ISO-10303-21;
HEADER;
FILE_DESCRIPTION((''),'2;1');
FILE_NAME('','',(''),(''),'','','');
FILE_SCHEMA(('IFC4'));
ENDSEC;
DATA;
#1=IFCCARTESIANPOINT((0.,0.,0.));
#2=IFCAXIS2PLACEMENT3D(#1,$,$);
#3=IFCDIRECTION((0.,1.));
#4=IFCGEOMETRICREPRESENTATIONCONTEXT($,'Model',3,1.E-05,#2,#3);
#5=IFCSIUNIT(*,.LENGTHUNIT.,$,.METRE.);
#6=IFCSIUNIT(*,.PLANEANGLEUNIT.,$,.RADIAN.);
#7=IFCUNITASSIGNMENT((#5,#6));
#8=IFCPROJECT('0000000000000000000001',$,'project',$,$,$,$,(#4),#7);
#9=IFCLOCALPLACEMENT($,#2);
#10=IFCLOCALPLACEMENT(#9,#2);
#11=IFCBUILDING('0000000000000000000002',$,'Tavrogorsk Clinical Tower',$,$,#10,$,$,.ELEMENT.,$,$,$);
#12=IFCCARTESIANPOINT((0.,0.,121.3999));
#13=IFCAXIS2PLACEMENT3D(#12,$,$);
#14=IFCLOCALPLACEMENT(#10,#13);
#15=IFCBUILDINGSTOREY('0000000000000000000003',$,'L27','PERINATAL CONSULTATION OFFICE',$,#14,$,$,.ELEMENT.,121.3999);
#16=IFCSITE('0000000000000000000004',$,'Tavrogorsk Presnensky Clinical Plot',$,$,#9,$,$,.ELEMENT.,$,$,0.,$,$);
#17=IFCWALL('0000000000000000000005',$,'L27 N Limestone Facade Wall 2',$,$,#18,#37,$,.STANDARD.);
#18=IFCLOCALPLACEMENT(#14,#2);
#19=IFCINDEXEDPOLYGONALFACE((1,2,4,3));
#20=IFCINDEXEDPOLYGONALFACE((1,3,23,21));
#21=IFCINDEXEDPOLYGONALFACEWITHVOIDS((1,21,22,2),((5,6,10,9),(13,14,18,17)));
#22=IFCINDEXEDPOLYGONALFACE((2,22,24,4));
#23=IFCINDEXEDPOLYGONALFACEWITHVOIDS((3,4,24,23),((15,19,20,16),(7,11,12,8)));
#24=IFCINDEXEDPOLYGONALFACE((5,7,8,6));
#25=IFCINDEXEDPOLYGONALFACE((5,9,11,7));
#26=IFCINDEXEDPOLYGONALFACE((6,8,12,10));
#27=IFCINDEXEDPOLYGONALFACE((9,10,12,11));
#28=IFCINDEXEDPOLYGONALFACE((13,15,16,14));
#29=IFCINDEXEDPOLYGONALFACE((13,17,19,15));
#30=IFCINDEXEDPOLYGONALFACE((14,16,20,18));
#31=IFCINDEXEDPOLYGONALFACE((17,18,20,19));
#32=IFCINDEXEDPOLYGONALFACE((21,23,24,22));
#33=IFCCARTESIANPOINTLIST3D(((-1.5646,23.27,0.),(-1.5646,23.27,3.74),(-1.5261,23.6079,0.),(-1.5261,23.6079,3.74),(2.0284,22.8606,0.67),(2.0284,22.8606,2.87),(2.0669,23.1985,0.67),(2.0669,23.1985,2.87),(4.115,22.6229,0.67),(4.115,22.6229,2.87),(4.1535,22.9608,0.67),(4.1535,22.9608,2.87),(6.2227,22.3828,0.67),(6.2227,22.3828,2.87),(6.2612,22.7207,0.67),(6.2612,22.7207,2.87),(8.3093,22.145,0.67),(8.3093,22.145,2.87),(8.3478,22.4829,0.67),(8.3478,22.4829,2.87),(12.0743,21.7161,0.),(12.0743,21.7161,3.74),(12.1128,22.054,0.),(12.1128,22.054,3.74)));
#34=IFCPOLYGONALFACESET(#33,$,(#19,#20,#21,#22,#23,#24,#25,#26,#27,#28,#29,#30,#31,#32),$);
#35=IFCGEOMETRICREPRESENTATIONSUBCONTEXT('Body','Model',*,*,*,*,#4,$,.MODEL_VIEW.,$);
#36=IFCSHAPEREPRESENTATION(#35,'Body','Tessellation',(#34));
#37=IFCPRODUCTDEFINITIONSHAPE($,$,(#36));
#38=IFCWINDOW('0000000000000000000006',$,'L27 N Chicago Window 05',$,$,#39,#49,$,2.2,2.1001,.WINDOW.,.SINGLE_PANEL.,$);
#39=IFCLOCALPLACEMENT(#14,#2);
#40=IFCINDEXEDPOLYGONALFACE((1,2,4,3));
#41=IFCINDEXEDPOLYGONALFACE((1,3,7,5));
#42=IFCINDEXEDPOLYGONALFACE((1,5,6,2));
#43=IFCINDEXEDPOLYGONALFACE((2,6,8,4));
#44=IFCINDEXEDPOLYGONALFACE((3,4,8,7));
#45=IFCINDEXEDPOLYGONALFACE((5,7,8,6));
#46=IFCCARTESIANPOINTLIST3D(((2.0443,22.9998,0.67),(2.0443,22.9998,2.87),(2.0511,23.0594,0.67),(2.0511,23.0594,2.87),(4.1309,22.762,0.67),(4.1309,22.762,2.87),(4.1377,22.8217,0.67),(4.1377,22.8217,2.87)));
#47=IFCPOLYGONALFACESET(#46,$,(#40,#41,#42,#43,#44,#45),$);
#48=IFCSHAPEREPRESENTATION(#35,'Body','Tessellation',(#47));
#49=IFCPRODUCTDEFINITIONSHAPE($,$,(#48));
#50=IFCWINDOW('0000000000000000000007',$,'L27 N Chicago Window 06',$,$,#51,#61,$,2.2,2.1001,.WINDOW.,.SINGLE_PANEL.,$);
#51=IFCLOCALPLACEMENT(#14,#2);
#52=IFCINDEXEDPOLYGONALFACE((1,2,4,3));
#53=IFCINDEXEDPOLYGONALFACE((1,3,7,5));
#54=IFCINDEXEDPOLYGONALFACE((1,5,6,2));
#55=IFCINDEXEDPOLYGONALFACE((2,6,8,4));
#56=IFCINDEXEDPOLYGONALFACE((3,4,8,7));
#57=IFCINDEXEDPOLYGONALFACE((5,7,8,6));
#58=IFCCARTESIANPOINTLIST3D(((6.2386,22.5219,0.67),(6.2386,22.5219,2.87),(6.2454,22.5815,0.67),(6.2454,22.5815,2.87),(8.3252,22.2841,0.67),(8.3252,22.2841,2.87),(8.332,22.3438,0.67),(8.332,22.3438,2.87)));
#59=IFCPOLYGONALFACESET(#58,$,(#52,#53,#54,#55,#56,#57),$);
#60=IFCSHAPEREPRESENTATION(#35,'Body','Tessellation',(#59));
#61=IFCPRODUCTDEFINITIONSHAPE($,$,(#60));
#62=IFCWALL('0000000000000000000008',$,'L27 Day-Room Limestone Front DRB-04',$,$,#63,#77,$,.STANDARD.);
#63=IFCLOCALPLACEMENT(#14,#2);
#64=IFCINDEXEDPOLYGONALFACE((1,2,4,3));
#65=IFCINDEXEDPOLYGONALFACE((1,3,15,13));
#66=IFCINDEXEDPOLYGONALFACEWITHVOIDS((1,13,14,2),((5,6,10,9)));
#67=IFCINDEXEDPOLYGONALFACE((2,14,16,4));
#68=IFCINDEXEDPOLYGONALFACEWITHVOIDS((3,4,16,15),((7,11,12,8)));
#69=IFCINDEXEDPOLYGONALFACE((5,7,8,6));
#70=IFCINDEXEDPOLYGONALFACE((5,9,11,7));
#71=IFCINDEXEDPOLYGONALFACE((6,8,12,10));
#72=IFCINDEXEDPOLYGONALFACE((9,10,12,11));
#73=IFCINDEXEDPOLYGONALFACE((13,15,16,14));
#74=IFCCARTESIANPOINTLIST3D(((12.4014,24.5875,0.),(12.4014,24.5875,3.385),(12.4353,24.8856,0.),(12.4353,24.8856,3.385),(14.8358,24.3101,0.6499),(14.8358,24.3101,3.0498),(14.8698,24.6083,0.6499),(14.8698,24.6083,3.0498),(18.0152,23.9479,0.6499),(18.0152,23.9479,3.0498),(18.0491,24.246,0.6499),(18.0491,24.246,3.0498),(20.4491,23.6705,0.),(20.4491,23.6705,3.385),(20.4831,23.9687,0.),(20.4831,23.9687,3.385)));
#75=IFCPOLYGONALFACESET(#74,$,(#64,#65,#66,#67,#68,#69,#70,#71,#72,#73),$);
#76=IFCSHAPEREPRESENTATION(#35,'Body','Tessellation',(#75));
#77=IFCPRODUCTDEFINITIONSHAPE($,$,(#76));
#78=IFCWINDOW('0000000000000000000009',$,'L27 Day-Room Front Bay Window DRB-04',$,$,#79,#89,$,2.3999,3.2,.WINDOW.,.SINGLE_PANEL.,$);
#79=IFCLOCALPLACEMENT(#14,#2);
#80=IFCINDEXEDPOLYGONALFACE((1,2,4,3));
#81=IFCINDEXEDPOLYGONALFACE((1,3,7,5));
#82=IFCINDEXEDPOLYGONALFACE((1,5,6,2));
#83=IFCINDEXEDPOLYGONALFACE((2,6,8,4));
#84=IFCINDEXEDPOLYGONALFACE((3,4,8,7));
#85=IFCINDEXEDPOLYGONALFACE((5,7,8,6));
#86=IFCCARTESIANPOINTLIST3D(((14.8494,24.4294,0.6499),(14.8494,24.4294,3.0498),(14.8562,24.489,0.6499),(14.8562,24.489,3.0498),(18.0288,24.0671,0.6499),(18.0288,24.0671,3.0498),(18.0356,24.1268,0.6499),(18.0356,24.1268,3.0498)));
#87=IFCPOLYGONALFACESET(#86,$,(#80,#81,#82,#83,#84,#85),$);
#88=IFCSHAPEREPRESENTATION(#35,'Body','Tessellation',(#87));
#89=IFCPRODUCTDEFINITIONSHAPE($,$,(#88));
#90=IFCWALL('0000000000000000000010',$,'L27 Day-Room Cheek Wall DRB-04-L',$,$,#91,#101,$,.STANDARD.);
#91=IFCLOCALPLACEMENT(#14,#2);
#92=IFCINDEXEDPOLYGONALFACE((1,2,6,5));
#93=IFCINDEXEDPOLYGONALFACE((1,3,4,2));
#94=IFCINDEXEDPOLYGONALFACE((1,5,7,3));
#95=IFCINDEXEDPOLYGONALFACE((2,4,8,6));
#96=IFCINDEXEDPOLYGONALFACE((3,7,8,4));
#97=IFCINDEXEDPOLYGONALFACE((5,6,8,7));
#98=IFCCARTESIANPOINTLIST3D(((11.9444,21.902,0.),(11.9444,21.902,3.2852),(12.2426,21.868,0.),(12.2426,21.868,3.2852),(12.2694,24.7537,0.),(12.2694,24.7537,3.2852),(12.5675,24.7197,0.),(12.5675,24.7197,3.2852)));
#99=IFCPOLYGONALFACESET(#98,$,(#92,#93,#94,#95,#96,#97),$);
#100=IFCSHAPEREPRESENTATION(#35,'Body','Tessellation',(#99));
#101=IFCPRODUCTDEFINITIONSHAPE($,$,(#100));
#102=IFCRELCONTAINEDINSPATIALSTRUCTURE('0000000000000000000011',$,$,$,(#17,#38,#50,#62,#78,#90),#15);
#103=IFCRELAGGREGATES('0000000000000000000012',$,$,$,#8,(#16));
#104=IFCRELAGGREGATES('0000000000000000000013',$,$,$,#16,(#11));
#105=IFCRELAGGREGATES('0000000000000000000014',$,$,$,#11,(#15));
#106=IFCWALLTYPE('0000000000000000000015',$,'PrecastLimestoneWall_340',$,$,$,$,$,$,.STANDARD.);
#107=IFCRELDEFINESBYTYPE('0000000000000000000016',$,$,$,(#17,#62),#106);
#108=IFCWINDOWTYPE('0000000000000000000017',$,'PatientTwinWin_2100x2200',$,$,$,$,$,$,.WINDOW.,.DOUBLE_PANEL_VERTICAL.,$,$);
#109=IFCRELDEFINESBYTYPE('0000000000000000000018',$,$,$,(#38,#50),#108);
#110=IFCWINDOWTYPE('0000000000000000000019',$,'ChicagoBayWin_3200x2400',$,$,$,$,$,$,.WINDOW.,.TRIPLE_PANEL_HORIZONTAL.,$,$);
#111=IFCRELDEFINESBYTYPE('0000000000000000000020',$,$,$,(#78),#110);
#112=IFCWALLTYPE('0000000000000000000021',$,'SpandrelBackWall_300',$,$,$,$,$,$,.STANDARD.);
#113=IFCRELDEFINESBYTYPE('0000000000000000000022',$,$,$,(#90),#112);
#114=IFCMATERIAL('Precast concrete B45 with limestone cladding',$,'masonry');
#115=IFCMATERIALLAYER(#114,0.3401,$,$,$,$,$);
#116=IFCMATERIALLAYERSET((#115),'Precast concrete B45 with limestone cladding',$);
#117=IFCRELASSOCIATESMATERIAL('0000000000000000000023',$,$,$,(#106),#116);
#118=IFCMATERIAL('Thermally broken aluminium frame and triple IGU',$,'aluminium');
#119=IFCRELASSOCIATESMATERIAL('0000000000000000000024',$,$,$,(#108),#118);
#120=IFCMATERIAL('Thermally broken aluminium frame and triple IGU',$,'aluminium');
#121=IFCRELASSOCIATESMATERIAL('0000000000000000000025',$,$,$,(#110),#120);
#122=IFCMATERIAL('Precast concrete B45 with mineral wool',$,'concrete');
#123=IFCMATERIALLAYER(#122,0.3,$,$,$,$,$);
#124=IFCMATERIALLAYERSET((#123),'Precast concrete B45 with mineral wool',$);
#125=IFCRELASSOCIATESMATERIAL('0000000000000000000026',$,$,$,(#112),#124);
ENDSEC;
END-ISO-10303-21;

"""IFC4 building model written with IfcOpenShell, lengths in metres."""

from ifc_helpers import new_model, si_unit, direction, frame, frame_2d, origin, place, context, subcontext, project, spatial, rectangle, extrude, material, layer, layer_set, type_object, element, fill, save


model = new_model("IFC4")

# Units and contexts
model_context = context("Model", 3, precision=1e-05, world=origin(), true_north=direction((0.0, 1.0)))
body_context = subcontext(model_context, "Body", "Model", "MODEL_VIEW")
ifc_project = project(units=[si_unit("LENGTHUNIT", "METRE"), si_unit("PLANEANGLEUNIT", "RADIAN")], contexts=[model_context])

# Site, building, storey
site_placement = place(None, origin())
site = spatial("IfcSite", under=ifc_project, at=site_placement, Name="Tavrogorsk Presnensky Clinical Plot", CompositionType="ELEMENT", RefElevation=0.0)
building_placement = place(site_placement, origin())
building = spatial("IfcBuilding", under=site, at=building_placement, Name="Tavrogorsk Clinical Tower", CompositionType="ELEMENT")
storey_placement = place(building_placement, frame((0.0, 0.0, 121.3999)))
storey = spatial("IfcBuildingStorey", under=building, at=storey_placement, Name="L27", Description="PERINATAL CONSULTATION OFFICE", CompositionType="ELEMENT", Elevation=121.3999)

# Wall, openings, windows
ifc_material_1 = material(Name="Precast concrete B45 with limestone cladding", Category="masonry")
ifc_layer_1 = layer(ifc_material_1, 0.3401)
ifc_layer_set_1 = layer_set([ifc_layer_1], Name="Precast concrete B45 with limestone cladding")
wall_type_1 = type_object("IfcWallType", Name="PrecastLimestoneWall_340", PredefinedType="STANDARD", material=ifc_layer_set_1)
wall_1_placement = place(storey_placement, frame((12.0935, 21.885, 0.0), z_axis=(0.0, 0.0, 1.0), x_axis=(-0.993572, 0.113203, 0.0)))
wall_1 = element("IfcWall", 1, at=wall_1_placement, inside=storey, type_object=wall_type_1, Name="L27 N Limestone Facade Wall 2", PredefinedType="STANDARD", context=body_context, shape_type="SweptSolid", body=[
    extrude(rectangle(XDim=13.7271, YDim=0.3401, at=frame_2d((6.8635, 0.0))), origin(), (0.0, 0.0, 1.0), 3.74),
])
opening_1_placement = place(wall_1_placement, frame((8.0107, 0.0, 0.6699)))
opening_1 = element("IfcOpeningElement", 2, at=opening_1_placement, cuts=wall_1, PredefinedType="OPENING", context=body_context, shape_type="SweptSolid", body=[
    extrude(rectangle(XDim=2.1001, YDim=2.2, at=frame_2d((1.05, 1.1001))), frame((0.0, 0.1799, 0.0), z_axis=(0.0, -1.0, 0.0), x_axis=(1.0, 0.0, 0.0)), (0.0, 0.0, 1.0), 0.3601),
])
opening_2_placement = place(wall_1_placement, frame((3.7893, 0.0, 0.6699)))
opening_2 = element("IfcOpeningElement", 3, at=opening_2_placement, cuts=wall_1, PredefinedType="OPENING", context=body_context, shape_type="SweptSolid", body=[
    extrude(rectangle(XDim=2.1001, YDim=2.2, at=frame_2d((1.05, 1.1001))), frame((0.0, 0.1799, 0.0), z_axis=(0.0, -1.0, 0.0), x_axis=(1.0, 0.0, 0.0)), (0.0, 0.0, 1.0), 0.3601),
])
ifc_material_2 = material(Name="Thermally broken aluminium frame and triple IGU", Category="aluminium")
window_type_1 = type_object("IfcWindowType", Name="PatientTwinWin_2100x2200", PartitioningType="DOUBLE_PANEL_VERTICAL", PredefinedType="WINDOW", material=ifc_material_2)
window_1_placement = place(opening_1_placement, origin())
window_1 = element("IfcWindow", 4, at=window_1_placement, inside=storey, type_object=window_type_1, Name="L27 N Chicago Window 05", OverallHeight=2.2, OverallWidth=2.1001, PartitioningType="SINGLE_PANEL", PredefinedType="WINDOW", context=body_context, shape_type="SweptSolid", body=[
    extrude(rectangle(XDim=2.1001, YDim=2.2, at=frame_2d((1.05, 1.1001))), frame((0.0, 0.03, 0.0), z_axis=(0.0, -1.0, 0.0), x_axis=(1.0, 0.0, 0.0)), (0.0, 0.0, 1.0), 0.0601),
])
fill(opening_1, window_1)
window_2_placement = place(opening_2_placement, origin())
window_2 = element("IfcWindow", 5, at=window_2_placement, inside=storey, type_object=window_type_1, Name="L27 N Chicago Window 06", OverallHeight=2.2, OverallWidth=2.1001, PartitioningType="SINGLE_PANEL", PredefinedType="WINDOW", context=body_context, shape_type="SweptSolid", body=[
    extrude(rectangle(XDim=2.1001, YDim=2.2, at=frame_2d((1.05, 1.1001))), frame((0.0, 0.03, 0.0), z_axis=(0.0, -1.0, 0.0), x_axis=(1.0, 0.0, 0.0)), (0.0, 0.0, 1.0), 0.0601),
])
fill(opening_2, window_2)

# Wall, opening, window
wall_2_placement = place(storey_placement, frame((12.4185, 24.7366, 0.0), z_axis=(0.0, 0.0, 1.0), x_axis=(0.993571, -0.11321, 0.0)))
wall_2 = element("IfcWall", 6, at=wall_2_placement, inside=storey, type_object=wall_type_1, Name="L27 Day-Room Limestone Front DRB-04", PredefinedType="STANDARD", context=body_context, shape_type="SweptSolid", body=[
    extrude(rectangle(XDim=8.0999, YDim=0.3, at=frame_2d((4.0498, 0.0))), origin(), (0.0, 0.0, 1.0), 3.385),
])
opening_3_placement = place(wall_2_placement, frame((2.45, 0.0, 0.6499)))
opening_3 = element("IfcOpeningElement", 7, at=opening_3_placement, cuts=wall_2, PredefinedType="OPENING", context=body_context, shape_type="SweptSolid", body=[
    extrude(rectangle(XDim=3.2, YDim=2.3999, at=frame_2d((1.6001, 1.2))), frame((0.0, 0.1599, 0.0), z_axis=(0.0, -1.0, 0.0), x_axis=(1.0, 0.0, 0.0)), (0.0, 0.0, 1.0), 0.3201),
])
ifc_material_3 = material(Name="Thermally broken aluminium frame and triple IGU", Category="aluminium")
window_type_2 = type_object("IfcWindowType", Name="ChicagoBayWin_3200x2400", PartitioningType="TRIPLE_PANEL_HORIZONTAL", PredefinedType="WINDOW", material=ifc_material_3)
window_3_placement = place(opening_3_placement, origin())
window_3 = element("IfcWindow", 8, at=window_3_placement, inside=storey, type_object=window_type_2, Name="L27 Day-Room Front Bay Window DRB-04", OverallHeight=2.3999, OverallWidth=3.2, PartitioningType="SINGLE_PANEL", PredefinedType="WINDOW", context=body_context, shape_type="SweptSolid", body=[
    extrude(rectangle(XDim=3.2, YDim=2.3999, at=frame_2d((1.6001, 1.2))), frame((0.0, 0.03, 0.0), z_axis=(0.0, -1.0, 0.0), x_axis=(1.0, 0.0, 0.0)), (0.0, 0.0, 1.0), 0.0601),
])
fill(opening_3, window_3)

# Wall
ifc_material_4 = material(Name="Precast concrete B45 with mineral wool", Category="concrete")
ifc_layer_2 = layer(ifc_material_4, 0.3)
ifc_layer_set_2 = layer_set([ifc_layer_2], Name="Precast concrete B45 with mineral wool")
wall_type_2 = type_object("IfcWallType", Name="SpandrelBackWall_300", PredefinedType="STANDARD", material=ifc_layer_set_2)
wall_3_placement = place(storey_placement, frame((12.0935, 21.885, 0.0), z_axis=(0.0, 0.0, 1.0), x_axis=(0.113223, 0.99357, 0.0)))
element("IfcWall", 9, at=wall_3_placement, inside=storey, type_object=wall_type_2, Name="L27 Day-Room Cheek Wall DRB-04-L", PredefinedType="STANDARD", context=body_context, shape_type="SweptSolid", body=[
    extrude(rectangle(XDim=2.8701, YDim=0.3, at=frame_2d((1.4351, 0.0))), origin(), (0.0, 0.0, 1.0), 3.2852),
])

save(model, "model.ifc")
